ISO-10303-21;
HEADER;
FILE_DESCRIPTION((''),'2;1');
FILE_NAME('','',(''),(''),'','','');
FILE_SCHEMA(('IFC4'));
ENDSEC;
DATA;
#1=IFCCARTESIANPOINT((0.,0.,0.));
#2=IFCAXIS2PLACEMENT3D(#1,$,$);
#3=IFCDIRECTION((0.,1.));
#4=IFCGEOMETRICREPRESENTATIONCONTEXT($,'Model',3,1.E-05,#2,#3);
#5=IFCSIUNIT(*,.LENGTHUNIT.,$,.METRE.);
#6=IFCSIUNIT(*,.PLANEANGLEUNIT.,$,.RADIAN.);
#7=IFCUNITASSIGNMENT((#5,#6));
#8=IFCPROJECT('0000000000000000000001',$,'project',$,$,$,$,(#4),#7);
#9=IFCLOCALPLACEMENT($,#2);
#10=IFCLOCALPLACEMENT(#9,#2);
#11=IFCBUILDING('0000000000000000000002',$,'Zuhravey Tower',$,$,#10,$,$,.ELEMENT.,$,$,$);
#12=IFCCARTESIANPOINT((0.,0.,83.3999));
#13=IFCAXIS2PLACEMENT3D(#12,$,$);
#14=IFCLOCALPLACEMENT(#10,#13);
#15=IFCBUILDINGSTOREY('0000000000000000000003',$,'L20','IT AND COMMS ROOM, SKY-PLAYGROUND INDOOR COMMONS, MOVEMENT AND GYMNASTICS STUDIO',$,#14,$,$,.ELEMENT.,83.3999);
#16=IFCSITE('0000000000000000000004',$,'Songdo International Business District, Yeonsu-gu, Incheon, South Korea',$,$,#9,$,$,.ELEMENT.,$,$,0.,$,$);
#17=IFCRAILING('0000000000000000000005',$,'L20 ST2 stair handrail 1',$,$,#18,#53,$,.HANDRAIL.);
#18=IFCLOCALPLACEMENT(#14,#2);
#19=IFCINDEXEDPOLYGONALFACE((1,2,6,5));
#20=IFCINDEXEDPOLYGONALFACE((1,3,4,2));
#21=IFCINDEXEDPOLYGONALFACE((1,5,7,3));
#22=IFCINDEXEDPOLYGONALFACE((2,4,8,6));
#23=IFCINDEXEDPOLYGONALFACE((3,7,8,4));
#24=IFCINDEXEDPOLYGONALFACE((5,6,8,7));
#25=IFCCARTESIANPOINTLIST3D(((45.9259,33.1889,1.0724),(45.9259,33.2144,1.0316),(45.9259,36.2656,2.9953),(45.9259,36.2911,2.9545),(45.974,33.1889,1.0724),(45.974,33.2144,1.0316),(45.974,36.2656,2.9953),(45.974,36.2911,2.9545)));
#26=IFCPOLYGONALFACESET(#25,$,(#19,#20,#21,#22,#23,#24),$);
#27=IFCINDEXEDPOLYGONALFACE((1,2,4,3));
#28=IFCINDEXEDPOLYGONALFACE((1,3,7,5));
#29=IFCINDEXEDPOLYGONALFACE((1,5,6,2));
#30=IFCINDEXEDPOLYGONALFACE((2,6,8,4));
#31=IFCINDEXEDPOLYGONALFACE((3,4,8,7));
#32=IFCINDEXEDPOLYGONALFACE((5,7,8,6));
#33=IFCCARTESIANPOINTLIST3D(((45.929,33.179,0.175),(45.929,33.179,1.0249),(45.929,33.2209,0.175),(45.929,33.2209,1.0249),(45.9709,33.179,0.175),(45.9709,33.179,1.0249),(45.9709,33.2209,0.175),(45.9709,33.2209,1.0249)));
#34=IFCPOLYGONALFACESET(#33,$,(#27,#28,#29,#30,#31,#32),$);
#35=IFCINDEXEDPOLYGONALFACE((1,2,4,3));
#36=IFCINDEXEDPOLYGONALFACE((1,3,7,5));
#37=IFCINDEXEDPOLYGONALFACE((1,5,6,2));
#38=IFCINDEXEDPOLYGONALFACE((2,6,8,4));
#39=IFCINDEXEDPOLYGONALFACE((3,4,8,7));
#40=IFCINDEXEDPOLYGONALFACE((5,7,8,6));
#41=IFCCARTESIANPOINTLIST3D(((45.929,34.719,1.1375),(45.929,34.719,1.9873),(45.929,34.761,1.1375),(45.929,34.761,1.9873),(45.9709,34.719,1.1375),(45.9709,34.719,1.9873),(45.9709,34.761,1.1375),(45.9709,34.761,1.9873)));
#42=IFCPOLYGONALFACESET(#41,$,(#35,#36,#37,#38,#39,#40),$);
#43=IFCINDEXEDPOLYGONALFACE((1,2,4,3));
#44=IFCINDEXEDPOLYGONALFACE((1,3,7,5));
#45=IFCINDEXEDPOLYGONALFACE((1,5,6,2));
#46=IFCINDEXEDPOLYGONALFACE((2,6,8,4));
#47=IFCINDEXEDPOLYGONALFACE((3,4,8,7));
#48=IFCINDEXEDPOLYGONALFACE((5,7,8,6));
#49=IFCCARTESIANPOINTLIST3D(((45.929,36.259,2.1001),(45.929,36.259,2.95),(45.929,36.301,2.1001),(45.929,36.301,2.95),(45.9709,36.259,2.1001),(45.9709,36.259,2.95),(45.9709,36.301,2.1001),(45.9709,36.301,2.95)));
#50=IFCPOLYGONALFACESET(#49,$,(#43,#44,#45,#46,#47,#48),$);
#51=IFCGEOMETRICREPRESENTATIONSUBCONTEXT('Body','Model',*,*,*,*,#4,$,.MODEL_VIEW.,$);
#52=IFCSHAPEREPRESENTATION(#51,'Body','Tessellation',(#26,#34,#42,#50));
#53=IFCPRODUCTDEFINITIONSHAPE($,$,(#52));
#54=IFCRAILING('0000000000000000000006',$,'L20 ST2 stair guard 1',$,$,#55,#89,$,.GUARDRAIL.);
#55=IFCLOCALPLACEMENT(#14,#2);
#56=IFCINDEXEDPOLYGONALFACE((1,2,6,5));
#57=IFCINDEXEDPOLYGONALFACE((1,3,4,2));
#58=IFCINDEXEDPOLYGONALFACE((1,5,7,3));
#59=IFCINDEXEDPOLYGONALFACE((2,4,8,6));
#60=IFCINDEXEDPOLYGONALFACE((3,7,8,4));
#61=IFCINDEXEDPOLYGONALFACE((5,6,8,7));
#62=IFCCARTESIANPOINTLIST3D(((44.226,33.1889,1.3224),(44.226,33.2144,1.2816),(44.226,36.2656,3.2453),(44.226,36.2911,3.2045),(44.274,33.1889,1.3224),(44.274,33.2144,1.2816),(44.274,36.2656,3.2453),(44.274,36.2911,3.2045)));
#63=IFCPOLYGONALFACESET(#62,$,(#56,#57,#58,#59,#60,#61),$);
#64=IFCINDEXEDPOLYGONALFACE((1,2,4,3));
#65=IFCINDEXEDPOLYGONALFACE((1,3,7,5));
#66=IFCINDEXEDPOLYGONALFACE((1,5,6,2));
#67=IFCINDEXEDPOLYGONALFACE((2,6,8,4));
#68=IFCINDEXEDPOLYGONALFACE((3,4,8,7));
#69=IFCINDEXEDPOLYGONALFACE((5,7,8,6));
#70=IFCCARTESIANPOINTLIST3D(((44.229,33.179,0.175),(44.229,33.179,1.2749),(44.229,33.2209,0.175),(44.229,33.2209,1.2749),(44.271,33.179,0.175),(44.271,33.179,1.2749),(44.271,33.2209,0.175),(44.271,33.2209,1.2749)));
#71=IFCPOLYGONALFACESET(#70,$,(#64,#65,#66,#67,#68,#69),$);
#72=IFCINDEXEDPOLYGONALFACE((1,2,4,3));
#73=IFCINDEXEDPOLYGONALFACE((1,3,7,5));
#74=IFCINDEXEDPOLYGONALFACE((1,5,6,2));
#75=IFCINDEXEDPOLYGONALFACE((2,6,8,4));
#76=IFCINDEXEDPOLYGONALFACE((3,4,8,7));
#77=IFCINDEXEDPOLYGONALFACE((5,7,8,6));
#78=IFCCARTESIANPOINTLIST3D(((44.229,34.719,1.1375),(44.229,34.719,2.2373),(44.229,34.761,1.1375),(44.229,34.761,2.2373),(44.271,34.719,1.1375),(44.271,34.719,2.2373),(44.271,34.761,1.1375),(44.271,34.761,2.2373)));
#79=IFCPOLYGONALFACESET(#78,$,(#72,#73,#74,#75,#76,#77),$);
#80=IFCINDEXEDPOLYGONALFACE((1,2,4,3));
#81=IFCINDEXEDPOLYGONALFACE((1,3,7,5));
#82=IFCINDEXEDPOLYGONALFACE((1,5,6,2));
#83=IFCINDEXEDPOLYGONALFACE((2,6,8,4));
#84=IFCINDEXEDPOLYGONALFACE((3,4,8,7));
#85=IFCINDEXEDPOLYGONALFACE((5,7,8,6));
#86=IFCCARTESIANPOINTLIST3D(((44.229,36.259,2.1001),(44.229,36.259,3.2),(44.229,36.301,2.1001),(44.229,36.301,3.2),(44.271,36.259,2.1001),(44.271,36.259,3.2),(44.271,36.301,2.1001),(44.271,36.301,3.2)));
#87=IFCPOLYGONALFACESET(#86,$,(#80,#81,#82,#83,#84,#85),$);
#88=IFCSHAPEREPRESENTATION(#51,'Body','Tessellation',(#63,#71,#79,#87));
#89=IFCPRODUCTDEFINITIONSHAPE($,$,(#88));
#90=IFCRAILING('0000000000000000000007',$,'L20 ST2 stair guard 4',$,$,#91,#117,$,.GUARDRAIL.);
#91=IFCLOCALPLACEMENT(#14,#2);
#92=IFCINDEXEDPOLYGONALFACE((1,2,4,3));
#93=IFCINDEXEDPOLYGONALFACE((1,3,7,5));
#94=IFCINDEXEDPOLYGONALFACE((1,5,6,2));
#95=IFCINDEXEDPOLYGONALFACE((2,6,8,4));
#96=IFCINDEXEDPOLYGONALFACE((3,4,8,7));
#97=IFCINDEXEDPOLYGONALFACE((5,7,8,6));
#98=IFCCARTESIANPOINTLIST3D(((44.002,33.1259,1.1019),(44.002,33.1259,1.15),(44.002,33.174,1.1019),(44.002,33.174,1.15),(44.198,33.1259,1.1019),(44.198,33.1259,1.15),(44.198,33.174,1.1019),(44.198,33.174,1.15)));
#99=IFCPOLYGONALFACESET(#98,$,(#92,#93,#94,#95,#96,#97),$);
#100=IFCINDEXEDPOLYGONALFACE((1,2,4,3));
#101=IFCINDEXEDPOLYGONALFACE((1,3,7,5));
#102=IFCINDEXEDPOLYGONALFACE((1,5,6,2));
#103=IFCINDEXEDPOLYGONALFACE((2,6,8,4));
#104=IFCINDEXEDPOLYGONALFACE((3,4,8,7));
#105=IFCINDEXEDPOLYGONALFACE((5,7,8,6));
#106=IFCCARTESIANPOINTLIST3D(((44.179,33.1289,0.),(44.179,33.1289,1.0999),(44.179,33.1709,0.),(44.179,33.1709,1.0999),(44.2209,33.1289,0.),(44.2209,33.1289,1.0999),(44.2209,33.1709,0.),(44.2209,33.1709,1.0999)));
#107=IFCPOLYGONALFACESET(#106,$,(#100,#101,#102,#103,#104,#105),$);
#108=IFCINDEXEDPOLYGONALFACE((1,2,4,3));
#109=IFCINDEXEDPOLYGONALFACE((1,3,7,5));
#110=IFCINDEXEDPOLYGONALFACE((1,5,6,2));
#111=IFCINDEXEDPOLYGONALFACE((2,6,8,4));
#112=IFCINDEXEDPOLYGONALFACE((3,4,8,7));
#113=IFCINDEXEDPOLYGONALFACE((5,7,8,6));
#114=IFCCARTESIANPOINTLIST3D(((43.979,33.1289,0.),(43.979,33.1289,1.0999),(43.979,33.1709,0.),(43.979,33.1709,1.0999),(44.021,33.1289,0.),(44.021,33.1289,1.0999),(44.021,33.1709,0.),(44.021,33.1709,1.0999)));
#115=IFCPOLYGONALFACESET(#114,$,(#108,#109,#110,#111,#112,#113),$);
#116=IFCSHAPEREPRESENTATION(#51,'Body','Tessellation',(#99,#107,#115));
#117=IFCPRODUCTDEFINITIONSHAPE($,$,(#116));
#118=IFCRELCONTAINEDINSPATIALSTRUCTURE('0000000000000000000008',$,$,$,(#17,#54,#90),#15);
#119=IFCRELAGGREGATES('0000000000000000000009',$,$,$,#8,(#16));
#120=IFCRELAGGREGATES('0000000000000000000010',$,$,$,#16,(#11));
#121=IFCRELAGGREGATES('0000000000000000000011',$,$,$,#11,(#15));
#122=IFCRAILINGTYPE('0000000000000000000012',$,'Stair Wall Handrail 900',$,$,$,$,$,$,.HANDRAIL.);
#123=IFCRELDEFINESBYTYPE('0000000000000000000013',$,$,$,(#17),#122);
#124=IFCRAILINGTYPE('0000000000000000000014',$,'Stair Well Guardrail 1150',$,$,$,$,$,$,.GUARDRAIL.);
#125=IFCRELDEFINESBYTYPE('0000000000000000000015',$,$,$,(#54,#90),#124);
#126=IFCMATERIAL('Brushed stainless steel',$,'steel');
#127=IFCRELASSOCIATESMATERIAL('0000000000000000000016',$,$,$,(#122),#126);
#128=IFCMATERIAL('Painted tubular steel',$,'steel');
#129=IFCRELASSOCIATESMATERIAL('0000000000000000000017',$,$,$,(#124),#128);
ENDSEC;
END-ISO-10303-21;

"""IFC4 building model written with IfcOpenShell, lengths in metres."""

from ifc_helpers import new_model, si_unit, direction, frame, origin, origin_2d, place, context, subcontext, project, spatial, rectangle, extrude, material, type_object, element, save


model = new_model("IFC4")

# Units and contexts
model_context = context("Model", 3, precision=1e-05, world=origin(), true_north=direction((0.0, 1.0)))
body_context = subcontext(model_context, "Body", "Model", "MODEL_VIEW")
ifc_project = project(units=[si_unit("LENGTHUNIT", "METRE"), si_unit("PLANEANGLEUNIT", "RADIAN")], contexts=[model_context])

# Site, building, storey
site_placement = place(None, origin())
site = spatial("IfcSite", under=ifc_project, at=site_placement, Name="Songdo International Business District, Yeonsu-gu, Incheon, South Korea", CompositionType="ELEMENT", RefElevation=0.0)
building_placement = place(site_placement, origin())
building = spatial("IfcBuilding", under=site, at=building_placement, Name="Zuhravey Tower", CompositionType="ELEMENT")
storey_placement = place(building_placement, frame((0.0, 0.0, 83.3999)))
storey = spatial("IfcBuildingStorey", under=building, at=storey_placement, Name="L20", Description="IT AND COMMS ROOM, SKY-PLAYGROUND INDOOR COMMONS, MOVEMENT AND GYMNASTICS STUDIO", CompositionType="ELEMENT", Elevation=83.3999)

# Shared definitions
ifc_material_1 = material(Name="Brushed stainless steel", Category="steel")

# Railings
railing_type_1 = type_object("IfcRailingType", Name="Stair Wall Handrail 900", PredefinedType="HANDRAIL", material=ifc_material_1)
railing_1_placement = place(storey_placement, frame((45.95, 33.2, 0.175)))
element("IfcRailing", 1, at=railing_1_placement, inside=storey, type_object=railing_type_1, Name="L20 ST2 stair handrail 1", PredefinedType="HANDRAIL", context=body_context, shape_type="SweptSolid", body=[
    extrude(rectangle(XDim=0.0481, YDim=0.0481, at=origin_2d()), frame((0.0, 0.0017, 0.877), z_axis=(0.0, 0.847998, 0.529999), x_axis=(-1.0, 0.0, 0.0)), (0.0, 0.0, 1.0), 3.6282),
    extrude(rectangle(XDim=0.042, YDim=0.042, at=origin_2d()), origin(), (0.0, 0.0, 1.0), 0.8499),
    extrude(rectangle(XDim=0.042, YDim=0.042, at=origin_2d()), frame((0.0, 1.54, 0.9624)), (0.0, 0.0, 1.0), 0.8499),
    extrude(rectangle(XDim=0.042, YDim=0.042, at=origin_2d()), frame((0.0, 3.0801, 1.925)), (0.0, 0.0, 1.0), 0.8499),
])
ifc_material_2 = material(Name="Painted tubular steel", Category="steel")
railing_type_2 = type_object("IfcRailingType", Name="Stair Well Guardrail 1150", PredefinedType="GUARDRAIL", material=ifc_material_2)
railing_2_placement = place(storey_placement, frame((44.25, 33.2, 0.175)))
element("IfcRailing", 2, at=railing_2_placement, inside=storey, type_object=railing_type_2, Name="L20 ST2 stair guard 1", PredefinedType="GUARDRAIL", context=body_context, shape_type="SweptSolid", body=[
    extrude(rectangle(XDim=0.0481, YDim=0.0481, at=origin_2d()), frame((0.0, 0.0017, 1.127), z_axis=(0.0, 0.847998, 0.529999), x_axis=(-1.0, 0.0, 0.0)), (0.0, 0.0, 1.0), 3.6282),
    extrude(rectangle(XDim=0.042, YDim=0.042, at=origin_2d()), origin(), (0.0, 0.0, 1.0), 1.0999),
    extrude(rectangle(XDim=0.042, YDim=0.042, at=origin_2d()), frame((0.0, 1.54, 0.9624)), (0.0, 0.0, 1.0), 1.0999),
    extrude(rectangle(XDim=0.042, YDim=0.042, at=origin_2d()), frame((0.0, 3.0801, 1.925)), (0.0, 0.0, 1.0), 1.0999),
])
railing_3_placement = place(storey_placement, frame((44.2, 33.1499, 0.0)))
element("IfcRailing", 3, at=railing_3_placement, inside=storey, type_object=railing_type_2, Name="L20 ST2 stair guard 4", PredefinedType="GUARDRAIL", context=body_context, shape_type="SweptSolid", body=[
    extrude(rectangle(XDim=0.0481, YDim=0.0481, at=origin_2d()), frame((-0.002, 0.0, 1.126), z_axis=(-1.0, 0.0, 0.0), x_axis=(0.0, -1.0, 0.0)), (0.0, 0.0, 1.0), 0.196),
    extrude(rectangle(XDim=0.042, YDim=0.042, at=origin_2d()), origin(), (0.0, 0.0, 1.0), 1.0999),
    extrude(rectangle(XDim=0.042, YDim=0.042, at=origin_2d()), frame((-0.2, 0.0, 0.0)), (0.0, 0.0, 1.0), 1.0999),
])

save(model, "model.ifc")
